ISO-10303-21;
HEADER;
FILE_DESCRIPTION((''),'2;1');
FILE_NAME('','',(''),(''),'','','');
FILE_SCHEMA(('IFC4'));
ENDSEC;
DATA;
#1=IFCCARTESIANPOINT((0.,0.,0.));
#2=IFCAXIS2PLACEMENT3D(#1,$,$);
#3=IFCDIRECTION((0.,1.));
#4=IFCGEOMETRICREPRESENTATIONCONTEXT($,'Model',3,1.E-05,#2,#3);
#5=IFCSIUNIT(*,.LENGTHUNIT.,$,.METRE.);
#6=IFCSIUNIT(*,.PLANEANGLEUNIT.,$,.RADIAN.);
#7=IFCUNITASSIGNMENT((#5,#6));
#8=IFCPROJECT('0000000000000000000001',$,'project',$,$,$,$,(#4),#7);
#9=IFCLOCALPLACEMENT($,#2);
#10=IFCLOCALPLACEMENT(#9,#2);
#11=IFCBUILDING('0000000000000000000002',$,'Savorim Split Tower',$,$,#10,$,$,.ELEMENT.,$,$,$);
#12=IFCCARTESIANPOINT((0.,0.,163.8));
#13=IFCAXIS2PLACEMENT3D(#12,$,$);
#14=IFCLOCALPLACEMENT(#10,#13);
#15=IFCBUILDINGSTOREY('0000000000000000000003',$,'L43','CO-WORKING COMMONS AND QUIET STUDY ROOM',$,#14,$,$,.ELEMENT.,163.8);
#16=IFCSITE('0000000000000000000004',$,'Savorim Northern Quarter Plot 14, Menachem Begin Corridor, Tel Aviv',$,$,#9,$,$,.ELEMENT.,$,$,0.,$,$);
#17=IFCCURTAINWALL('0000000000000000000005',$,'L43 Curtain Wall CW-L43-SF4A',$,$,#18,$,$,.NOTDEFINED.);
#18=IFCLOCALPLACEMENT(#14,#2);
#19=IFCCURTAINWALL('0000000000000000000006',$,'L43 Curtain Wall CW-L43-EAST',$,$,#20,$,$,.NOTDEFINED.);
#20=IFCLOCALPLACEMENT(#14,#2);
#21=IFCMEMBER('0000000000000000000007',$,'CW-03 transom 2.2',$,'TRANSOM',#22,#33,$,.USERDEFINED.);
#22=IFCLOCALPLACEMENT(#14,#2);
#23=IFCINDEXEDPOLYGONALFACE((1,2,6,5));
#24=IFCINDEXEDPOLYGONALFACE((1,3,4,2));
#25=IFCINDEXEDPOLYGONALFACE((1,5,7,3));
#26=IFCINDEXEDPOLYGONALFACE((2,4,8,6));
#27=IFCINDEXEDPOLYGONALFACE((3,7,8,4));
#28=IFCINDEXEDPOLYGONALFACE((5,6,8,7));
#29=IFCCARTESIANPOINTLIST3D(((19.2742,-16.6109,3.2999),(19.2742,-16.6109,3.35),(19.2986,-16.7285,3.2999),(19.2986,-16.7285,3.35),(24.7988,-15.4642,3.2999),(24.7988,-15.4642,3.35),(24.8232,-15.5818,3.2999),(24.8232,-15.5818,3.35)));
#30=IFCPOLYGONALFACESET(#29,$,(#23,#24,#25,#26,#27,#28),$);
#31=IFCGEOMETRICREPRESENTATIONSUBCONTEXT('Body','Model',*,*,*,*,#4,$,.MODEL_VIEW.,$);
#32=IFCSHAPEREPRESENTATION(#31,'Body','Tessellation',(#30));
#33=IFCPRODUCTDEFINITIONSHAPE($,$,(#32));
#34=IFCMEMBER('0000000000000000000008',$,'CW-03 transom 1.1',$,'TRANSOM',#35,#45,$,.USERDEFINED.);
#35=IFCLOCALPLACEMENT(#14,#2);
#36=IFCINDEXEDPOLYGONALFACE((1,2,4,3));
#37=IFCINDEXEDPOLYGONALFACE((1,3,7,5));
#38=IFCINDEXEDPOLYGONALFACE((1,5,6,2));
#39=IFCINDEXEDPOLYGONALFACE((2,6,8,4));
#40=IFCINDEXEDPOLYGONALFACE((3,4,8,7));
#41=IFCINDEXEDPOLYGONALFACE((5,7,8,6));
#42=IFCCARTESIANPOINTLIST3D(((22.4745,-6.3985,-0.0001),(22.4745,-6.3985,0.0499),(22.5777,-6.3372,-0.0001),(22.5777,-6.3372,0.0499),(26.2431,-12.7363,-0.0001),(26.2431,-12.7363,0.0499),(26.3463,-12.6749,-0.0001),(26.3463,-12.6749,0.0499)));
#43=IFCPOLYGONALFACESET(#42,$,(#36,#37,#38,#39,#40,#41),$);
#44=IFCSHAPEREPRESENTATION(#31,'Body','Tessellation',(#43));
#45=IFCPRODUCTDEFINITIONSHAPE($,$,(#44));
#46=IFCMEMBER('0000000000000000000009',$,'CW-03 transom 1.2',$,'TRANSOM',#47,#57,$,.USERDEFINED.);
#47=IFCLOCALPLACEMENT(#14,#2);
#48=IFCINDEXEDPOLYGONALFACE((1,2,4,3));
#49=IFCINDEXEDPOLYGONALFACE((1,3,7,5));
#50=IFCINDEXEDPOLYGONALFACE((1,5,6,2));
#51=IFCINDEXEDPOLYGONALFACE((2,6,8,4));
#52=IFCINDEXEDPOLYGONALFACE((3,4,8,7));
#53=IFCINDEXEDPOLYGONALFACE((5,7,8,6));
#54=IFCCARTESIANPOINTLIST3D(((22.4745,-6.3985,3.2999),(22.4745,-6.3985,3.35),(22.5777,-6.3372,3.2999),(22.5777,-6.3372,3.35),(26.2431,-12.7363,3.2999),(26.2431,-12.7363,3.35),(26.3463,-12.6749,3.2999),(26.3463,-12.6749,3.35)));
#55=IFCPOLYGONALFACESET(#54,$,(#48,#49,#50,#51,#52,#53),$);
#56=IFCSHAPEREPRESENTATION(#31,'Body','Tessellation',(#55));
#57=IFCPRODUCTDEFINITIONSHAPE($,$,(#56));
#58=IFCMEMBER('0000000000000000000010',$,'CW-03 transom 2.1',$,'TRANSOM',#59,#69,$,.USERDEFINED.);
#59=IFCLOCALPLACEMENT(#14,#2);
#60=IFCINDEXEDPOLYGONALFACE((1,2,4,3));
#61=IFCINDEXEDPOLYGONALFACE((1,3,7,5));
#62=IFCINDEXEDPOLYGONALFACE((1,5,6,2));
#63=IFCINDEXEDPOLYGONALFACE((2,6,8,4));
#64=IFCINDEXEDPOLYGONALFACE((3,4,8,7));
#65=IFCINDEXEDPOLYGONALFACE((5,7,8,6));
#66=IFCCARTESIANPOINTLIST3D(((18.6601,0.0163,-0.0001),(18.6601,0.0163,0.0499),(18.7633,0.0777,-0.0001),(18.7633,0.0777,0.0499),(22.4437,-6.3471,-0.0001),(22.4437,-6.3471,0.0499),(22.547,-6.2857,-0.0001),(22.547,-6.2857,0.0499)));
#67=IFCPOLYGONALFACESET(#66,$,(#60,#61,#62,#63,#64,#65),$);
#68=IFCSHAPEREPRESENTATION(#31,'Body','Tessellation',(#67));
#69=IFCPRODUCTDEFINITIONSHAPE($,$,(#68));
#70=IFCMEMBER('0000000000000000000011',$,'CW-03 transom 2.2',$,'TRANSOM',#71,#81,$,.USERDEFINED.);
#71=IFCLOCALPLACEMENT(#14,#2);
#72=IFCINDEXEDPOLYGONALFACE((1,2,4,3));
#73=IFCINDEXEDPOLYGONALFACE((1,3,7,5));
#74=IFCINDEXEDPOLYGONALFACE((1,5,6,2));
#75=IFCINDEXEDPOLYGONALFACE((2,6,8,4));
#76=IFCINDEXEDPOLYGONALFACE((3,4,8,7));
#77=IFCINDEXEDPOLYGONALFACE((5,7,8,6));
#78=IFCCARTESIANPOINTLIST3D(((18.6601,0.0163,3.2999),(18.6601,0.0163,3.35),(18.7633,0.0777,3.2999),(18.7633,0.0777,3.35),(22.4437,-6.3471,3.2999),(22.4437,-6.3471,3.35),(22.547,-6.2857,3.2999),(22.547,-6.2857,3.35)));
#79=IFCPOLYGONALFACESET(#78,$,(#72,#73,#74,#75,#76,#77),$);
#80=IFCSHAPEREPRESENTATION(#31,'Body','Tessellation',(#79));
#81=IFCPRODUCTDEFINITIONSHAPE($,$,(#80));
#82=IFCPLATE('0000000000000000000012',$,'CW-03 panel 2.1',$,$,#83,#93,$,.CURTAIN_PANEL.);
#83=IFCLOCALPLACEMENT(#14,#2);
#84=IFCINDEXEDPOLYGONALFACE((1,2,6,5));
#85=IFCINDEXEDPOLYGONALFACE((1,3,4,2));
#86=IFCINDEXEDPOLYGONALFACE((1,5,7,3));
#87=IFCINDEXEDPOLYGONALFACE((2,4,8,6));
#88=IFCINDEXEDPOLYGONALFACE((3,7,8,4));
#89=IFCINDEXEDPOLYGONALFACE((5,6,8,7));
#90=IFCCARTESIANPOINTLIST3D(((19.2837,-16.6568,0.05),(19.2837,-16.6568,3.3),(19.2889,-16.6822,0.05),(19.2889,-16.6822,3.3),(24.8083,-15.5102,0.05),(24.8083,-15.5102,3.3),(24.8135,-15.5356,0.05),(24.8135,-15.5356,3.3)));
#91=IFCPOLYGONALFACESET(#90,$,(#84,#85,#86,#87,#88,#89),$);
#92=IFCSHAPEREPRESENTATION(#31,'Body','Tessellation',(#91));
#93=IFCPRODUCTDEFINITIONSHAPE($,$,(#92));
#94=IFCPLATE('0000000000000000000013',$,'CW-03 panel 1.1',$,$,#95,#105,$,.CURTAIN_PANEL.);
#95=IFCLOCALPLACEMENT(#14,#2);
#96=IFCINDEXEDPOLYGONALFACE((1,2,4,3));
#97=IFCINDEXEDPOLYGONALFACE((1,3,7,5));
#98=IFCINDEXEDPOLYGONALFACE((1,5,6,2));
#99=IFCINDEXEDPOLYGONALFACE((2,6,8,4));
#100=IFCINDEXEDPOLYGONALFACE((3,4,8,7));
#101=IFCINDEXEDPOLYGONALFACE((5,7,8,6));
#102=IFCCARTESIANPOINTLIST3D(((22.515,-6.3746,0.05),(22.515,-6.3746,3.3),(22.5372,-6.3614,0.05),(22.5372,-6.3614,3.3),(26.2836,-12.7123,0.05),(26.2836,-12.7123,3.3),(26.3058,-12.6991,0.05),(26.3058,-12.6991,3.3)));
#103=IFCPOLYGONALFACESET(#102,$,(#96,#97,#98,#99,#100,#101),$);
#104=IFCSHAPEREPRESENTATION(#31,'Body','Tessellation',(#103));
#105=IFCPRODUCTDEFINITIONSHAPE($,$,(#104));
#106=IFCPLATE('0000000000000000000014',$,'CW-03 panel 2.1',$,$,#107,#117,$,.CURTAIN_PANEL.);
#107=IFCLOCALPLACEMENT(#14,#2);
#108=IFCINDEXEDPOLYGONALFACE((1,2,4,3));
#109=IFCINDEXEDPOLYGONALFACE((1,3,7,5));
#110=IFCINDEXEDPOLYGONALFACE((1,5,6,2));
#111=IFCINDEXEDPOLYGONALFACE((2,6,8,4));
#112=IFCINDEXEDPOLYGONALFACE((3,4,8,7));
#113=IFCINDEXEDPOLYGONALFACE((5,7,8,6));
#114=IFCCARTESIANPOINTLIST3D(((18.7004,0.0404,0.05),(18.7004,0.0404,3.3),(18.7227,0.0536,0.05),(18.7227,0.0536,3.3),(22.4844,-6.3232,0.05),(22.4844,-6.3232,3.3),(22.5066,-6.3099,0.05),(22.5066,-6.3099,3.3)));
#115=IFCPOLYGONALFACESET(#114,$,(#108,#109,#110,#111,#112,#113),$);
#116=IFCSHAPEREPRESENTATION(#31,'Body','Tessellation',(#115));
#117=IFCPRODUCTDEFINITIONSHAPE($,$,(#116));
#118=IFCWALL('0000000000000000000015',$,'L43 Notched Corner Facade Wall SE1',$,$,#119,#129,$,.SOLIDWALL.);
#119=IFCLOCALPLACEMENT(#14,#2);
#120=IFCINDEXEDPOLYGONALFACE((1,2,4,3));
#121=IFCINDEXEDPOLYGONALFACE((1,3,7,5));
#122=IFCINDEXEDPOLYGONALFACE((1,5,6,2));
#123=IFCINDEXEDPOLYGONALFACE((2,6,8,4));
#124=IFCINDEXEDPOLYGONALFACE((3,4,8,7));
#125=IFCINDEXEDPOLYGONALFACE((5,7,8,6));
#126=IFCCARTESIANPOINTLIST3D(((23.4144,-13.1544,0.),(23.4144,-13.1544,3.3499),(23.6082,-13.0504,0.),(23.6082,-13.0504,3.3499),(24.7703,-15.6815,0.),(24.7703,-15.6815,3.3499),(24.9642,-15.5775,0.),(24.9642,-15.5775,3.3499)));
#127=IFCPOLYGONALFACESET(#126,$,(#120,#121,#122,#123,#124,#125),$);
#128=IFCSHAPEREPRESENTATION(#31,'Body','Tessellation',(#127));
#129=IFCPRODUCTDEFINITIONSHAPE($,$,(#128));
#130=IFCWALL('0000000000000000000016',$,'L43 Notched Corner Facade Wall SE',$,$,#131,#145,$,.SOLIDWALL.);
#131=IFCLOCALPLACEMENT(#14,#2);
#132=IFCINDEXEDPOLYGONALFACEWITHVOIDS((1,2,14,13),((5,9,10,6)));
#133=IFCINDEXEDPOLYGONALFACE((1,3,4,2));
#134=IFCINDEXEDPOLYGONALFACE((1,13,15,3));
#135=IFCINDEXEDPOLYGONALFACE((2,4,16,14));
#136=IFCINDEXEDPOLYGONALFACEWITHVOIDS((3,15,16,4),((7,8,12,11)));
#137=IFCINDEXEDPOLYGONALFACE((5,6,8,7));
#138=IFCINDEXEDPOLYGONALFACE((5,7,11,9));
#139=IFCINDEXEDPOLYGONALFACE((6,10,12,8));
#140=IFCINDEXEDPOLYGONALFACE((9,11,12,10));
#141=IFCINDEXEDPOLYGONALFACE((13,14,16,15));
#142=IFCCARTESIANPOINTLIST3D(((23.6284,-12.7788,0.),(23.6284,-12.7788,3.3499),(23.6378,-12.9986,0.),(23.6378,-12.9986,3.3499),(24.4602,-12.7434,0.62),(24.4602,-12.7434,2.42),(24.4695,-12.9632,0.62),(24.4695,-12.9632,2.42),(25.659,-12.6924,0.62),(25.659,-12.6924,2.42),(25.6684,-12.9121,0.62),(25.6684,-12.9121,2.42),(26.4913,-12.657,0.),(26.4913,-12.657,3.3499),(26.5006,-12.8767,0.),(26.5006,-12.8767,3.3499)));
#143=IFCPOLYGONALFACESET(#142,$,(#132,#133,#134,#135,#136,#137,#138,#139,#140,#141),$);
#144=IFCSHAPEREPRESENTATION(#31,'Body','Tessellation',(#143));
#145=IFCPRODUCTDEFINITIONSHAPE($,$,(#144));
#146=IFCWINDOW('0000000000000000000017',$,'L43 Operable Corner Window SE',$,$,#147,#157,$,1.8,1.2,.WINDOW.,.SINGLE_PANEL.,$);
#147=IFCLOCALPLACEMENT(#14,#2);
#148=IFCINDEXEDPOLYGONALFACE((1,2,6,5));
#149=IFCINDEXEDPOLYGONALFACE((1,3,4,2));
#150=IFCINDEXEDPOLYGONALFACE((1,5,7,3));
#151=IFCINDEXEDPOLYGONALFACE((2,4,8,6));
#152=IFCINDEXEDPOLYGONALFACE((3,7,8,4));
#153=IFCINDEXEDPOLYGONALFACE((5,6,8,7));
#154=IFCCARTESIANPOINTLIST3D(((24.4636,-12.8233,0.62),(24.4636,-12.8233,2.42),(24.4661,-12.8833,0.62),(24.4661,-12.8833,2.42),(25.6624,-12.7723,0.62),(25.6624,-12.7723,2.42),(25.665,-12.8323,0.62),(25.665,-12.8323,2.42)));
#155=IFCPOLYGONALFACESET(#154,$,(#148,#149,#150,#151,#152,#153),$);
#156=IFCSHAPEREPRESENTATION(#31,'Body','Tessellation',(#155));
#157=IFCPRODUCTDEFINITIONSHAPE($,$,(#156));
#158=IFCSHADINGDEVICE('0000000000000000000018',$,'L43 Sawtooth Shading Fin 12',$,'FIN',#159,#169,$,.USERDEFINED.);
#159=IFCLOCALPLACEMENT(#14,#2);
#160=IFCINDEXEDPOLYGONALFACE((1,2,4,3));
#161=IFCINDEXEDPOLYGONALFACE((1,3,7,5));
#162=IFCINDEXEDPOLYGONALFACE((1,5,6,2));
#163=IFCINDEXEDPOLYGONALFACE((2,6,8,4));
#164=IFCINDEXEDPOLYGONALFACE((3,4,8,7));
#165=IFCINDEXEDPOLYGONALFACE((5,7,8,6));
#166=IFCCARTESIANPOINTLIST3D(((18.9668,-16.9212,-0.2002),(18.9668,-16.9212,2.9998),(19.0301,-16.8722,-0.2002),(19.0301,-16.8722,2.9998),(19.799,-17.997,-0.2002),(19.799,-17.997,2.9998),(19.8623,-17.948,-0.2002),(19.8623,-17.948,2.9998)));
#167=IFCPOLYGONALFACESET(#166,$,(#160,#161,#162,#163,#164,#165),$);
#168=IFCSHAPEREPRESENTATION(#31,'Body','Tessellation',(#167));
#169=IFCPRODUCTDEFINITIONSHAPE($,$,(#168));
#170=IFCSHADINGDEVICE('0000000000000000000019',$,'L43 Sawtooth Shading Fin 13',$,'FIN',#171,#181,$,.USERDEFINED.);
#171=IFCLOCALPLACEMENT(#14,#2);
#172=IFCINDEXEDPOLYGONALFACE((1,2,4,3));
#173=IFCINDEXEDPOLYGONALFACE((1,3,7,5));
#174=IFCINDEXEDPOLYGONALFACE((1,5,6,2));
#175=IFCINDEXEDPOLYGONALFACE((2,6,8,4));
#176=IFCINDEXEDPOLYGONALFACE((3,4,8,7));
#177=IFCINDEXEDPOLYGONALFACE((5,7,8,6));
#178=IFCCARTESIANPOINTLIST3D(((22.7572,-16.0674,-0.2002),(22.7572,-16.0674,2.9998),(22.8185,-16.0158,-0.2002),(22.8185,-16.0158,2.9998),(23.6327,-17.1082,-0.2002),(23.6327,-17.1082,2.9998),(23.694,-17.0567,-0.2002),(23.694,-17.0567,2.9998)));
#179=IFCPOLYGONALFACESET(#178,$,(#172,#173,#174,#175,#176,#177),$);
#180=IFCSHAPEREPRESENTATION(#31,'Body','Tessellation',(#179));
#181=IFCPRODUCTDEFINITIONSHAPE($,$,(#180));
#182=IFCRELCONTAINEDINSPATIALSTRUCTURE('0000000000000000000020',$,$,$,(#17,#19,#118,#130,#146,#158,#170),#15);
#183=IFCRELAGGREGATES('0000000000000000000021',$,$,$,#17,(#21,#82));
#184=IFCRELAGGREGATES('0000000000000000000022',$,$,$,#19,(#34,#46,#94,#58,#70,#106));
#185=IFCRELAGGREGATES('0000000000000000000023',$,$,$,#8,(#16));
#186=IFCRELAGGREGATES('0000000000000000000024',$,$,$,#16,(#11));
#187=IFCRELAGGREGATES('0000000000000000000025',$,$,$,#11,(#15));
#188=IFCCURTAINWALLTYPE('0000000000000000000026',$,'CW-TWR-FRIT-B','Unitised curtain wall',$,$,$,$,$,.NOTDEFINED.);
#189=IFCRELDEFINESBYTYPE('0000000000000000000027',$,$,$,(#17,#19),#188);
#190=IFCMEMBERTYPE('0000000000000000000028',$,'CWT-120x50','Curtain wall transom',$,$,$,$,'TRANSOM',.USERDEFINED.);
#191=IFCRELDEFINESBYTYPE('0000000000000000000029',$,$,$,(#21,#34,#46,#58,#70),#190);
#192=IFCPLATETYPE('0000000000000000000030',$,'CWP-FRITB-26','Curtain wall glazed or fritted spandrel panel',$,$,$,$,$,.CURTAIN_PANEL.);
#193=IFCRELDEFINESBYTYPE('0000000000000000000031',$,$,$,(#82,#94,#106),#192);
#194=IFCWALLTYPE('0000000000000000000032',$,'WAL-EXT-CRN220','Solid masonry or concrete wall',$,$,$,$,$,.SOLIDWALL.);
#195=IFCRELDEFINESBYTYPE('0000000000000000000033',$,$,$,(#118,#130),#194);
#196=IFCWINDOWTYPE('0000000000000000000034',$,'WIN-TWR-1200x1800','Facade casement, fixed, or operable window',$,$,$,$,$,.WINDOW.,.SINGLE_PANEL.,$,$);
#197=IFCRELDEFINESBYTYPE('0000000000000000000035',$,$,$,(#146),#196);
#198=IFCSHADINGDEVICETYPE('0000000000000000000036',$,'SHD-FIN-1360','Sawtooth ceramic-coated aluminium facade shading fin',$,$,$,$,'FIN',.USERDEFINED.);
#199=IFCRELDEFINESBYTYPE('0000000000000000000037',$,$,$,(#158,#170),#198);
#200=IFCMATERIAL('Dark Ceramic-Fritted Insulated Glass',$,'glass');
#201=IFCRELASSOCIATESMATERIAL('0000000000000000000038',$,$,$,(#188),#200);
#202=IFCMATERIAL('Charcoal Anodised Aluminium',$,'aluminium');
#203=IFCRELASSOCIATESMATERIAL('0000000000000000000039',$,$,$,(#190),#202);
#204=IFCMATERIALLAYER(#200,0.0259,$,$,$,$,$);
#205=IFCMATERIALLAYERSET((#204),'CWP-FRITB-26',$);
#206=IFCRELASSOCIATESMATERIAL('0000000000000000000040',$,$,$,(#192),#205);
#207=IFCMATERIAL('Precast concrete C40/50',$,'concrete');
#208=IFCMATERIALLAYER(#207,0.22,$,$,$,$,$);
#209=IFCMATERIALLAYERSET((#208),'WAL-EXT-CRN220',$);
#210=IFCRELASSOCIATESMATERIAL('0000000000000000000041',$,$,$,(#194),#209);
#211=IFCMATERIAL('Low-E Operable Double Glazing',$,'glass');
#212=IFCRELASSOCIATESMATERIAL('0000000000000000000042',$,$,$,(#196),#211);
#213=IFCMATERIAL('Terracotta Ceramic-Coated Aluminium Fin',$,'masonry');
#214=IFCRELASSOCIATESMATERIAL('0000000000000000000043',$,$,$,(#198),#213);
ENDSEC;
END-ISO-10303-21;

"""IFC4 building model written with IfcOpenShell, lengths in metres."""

from ifc_helpers import new_model, si_unit, direction, frame, frame_2d, origin, origin_2d, place, context, subcontext, project, spatial, rectangle, extrude, material, layer, layer_set, material_profile, profile_set, type_object, element, fill, aggregate, save


model = new_model("IFC4")

# Units and contexts
model_context = context("Model", 3, precision=1e-05, world=origin(), true_north=direction((0.0, 1.0)))
body_context = subcontext(model_context, "Body", "Model", "MODEL_VIEW")
ifc_project = project(units=[si_unit("LENGTHUNIT", "METRE"), si_unit("PLANEANGLEUNIT", "RADIAN")], contexts=[model_context])

# Site, building, storey
site_placement = place(None, origin())
site = spatial("IfcSite", under=ifc_project, at=site_placement, Name="Savorim Northern Quarter Plot 14, Menachem Begin Corridor, Tel Aviv", CompositionType="ELEMENT", RefElevation=0.0)
building_placement = place(site_placement, origin())
building = spatial("IfcBuilding", under=site, at=building_placement, Name="Savorim Split Tower", CompositionType="ELEMENT")
storey_placement = place(building_placement, frame((0.0, 0.0, 163.8)))
storey = spatial("IfcBuildingStorey", under=building, at=storey_placement, Name="L43", Description="CO-WORKING COMMONS AND QUIET STUDY ROOM", CompositionType="ELEMENT", Elevation=163.8)

# Curtain wall
ifc_material_1 = material(Name="Dark Ceramic-Fritted Insulated Glass", Category="glass")
curtain_wall_type = type_object("IfcCurtainWallType", Name="CW-TWR-FRIT-B", Description="Unitised curtain wall", PredefinedType="NOTDEFINED", material=ifc_material_1)
curtain_wall_1_placement = place(storey_placement, origin())
curtain_wall_1 = element("IfcCurtainWall", 1, at=curtain_wall_1_placement, inside=storey, type_object=curtain_wall_type, Name="L43 Curtain Wall CW-L43-SF4A", PredefinedType="NOTDEFINED")
ifc_material_2 = material(Name="Charcoal Anodised Aluminium", Category="aluminium")

# Curtain wall
curtain_wall_2_placement = place(storey_placement, origin())
curtain_wall_2 = element("IfcCurtainWall", 2, at=curtain_wall_2_placement, inside=storey, type_object=curtain_wall_type, Name="L43 Curtain Wall CW-L43-EAST", PredefinedType="NOTDEFINED")

# Members
ifc_material_profile_1 = material_profile(ifc_material_2, rectangle(XDim=0.1201, YDim=0.05, at=origin_2d()), Name="ALU-T 120x50")
ifc_profile_set_1 = profile_set([ifc_material_profile_1], Name="Charcoal Anodised Aluminium")
member_type_1 = type_object("IfcMemberType", Name="CWT-120x50", Description="Curtain wall transom", ElementType="TRANSOM", PredefinedType="USERDEFINED", material=ifc_profile_set_1)
member_1_placement = place(storey_placement, frame((19.2864, -16.6697, 3.325), z_axis=(0.97913, 0.203234, 0.0), x_axis=(-0.203234, 0.97913, 0.0)))
member_1 = element("IfcMember", 3, at=member_1_placement, type_object=member_type_1, Name="CW-03 transom 2.2", ObjectType="TRANSOM", PredefinedType="USERDEFINED", context=body_context, shape_type="SweptSolid", body=[
    extrude(rectangle(XDim=0.1201, YDim=0.05, at=origin_2d()), origin(), (0.0, 0.0, 1.0), 5.6423),
])
member_2_placement = place(storey_placement, frame((26.2947, -12.7056, 0.0249), z_axis=(-0.511098, 0.859523, 0.0), x_axis=(-0.859523, -0.511098, 0.0)))
member_2 = element("IfcMember", 4, at=member_2_placement, type_object=member_type_1, Name="CW-03 transom 1.1", ObjectType="TRANSOM", PredefinedType="USERDEFINED", context=body_context, shape_type="SweptSolid", body=[
    extrude(rectangle(XDim=0.1201, YDim=0.05, at=origin_2d()), origin(), (0.0, 0.0, 1.0), 7.3735),
])
member_3_placement = place(storey_placement, frame((26.2947, -12.7056, 3.325), z_axis=(-0.511098, 0.859523, 0.0), x_axis=(-0.859523, -0.511098, 0.0)))
member_3 = element("IfcMember", 5, at=member_3_placement, type_object=member_type_1, Name="CW-03 transom 1.2", ObjectType="TRANSOM", PredefinedType="USERDEFINED", context=body_context, shape_type="SweptSolid", body=[
    extrude(rectangle(XDim=0.1201, YDim=0.05, at=origin_2d()), origin(), (0.0, 0.0, 1.0), 7.3735),
])
member_4_placement = place(storey_placement, frame((22.4954, -6.3164, 0.0249), z_axis=(-0.511073, 0.859537, 0.0), x_axis=(-0.859537, -0.511073, 0.0)))
member_4 = element("IfcMember", 6, at=member_4_placement, type_object=member_type_1, Name="CW-03 transom 2.1", ObjectType="TRANSOM", PredefinedType="USERDEFINED", context=body_context, shape_type="SweptSolid", body=[
    extrude(rectangle(XDim=0.1201, YDim=0.05, at=origin_2d()), origin(), (0.0, 0.0, 1.0), 7.4033),
])
member_5_placement = place(storey_placement, frame((22.4954, -6.3164, 3.325), z_axis=(-0.511073, 0.859537, 0.0), x_axis=(-0.859537, -0.511073, 0.0)))
member_5 = element("IfcMember", 7, at=member_5_placement, type_object=member_type_1, Name="CW-03 transom 2.2", ObjectType="TRANSOM", PredefinedType="USERDEFINED", context=body_context, shape_type="SweptSolid", body=[
    extrude(rectangle(XDim=0.1201, YDim=0.05, at=origin_2d()), origin(), (0.0, 0.0, 1.0), 7.4033),
])

# Plates
ifc_layer_1 = layer(ifc_material_1, 0.0259)
ifc_layer_set_1 = layer_set([ifc_layer_1], Name="CWP-FRITB-26")
plate_type = type_object("IfcPlateType", Name="CWP-FRITB-26", Description="Curtain wall glazed or fritted spandrel panel", PredefinedType="CURTAIN_PANEL", material=ifc_layer_set_1)
plate_1_placement = place(storey_placement, frame((22.0486, -16.0962, 0.05), z_axis=(0.0, 0.0, 1.0), x_axis=(0.979134, 0.203216, 0.0)))
plate_1 = element("IfcPlate", 8, at=plate_1_placement, type_object=plate_type, Name="CW-03 panel 2.1", PredefinedType="CURTAIN_PANEL", context=body_context, shape_type="SweptSolid", body=[
    extrude(rectangle(XDim=5.6423, YDim=0.0259, at=origin_2d()), origin(), (0.0, 0.0, 1.0), 3.25),
])
aggregate(curtain_wall_1, [member_1, plate_1])
plate_2_placement = place(storey_placement, frame((24.4104, -9.5369, 0.05), z_axis=(0.0, 0.0, 1.0), x_axis=(-0.511094, 0.859525, 0.0)))
plate_2 = element("IfcPlate", 9, at=plate_2_placement, type_object=plate_type, Name="CW-03 panel 1.1", PredefinedType="CURTAIN_PANEL", context=body_context, shape_type="SweptSolid", body=[
    extrude(rectangle(XDim=7.3735, YDim=0.0259, at=origin_2d()), origin(), (0.0, 0.0, 1.0), 3.25),
])
plate_3_placement = place(storey_placement, frame((20.6035, -3.1348, 0.05), z_axis=(0.0, 0.0, 1.0), x_axis=(-0.511094, 0.859525, 0.0)))
plate_3 = element("IfcPlate", 10, at=plate_3_placement, type_object=plate_type, Name="CW-03 panel 2.1", PredefinedType="CURTAIN_PANEL", context=body_context, shape_type="SweptSolid", body=[
    extrude(rectangle(XDim=7.4036, YDim=0.0259, at=origin_2d()), origin(), (0.0, 0.0, 1.0), 3.25),
])
aggregate(curtain_wall_2, [member_2, member_3, plate_2, member_4, member_5, plate_3])

# Wall
ifc_material_3 = material(Name="Precast concrete C40/50", Category="concrete")
ifc_layer_2 = layer(ifc_material_3, 0.22)
ifc_layer_set_2 = layer_set([ifc_layer_2], Name="WAL-EXT-CRN220")
wall_type = type_object("IfcWallType", Name="WAL-EXT-CRN220", Description="Solid masonry or concrete wall", PredefinedType="SOLIDWALL", material=ifc_layer_set_2)
wall_1_placement = place(storey_placement, frame((23.5112, -13.1023, 0.0), z_axis=(0.0, 0.0, 1.0), x_axis=(0.472805, -0.881167, 0.0)))
element("IfcWall", 11, at=wall_1_placement, inside=storey, type_object=wall_type, Name="L43 Notched Corner Facade Wall SE1", PredefinedType="SOLIDWALL", context=body_context, shape_type="SweptSolid", body=[
    extrude(rectangle(XDim=2.8679, YDim=0.22, at=frame_2d((1.4341, 0.0))), origin(), (0.0, 0.0, 1.0), 3.3499),
])

# Wall, opening, window
wall_2_placement = place(storey_placement, frame((26.4958, -12.7668, 0.0), z_axis=(0.0, 0.0, 1.0), x_axis=(-0.999096, -0.042517, 0.0)))
wall_2 = element("IfcWall", 12, at=wall_2_placement, inside=storey, type_object=wall_type, Name="L43 Notched Corner Facade Wall SE", PredefinedType="SOLIDWALL", context=body_context, shape_type="SweptSolid", body=[
    extrude(rectangle(XDim=2.8655, YDim=0.22, at=frame_2d((1.4326, 0.0))), origin(), (0.0, 0.0, 1.0), 3.3499),
])
opening_placement = place(wall_2_placement, frame((0.8328, 0.0, 0.6201)))
opening = element("IfcOpeningElement", 13, at=opening_placement, cuts=wall_2, PredefinedType="OPENING", context=body_context, shape_type="SweptSolid", body=[
    extrude(rectangle(XDim=1.2, YDim=1.8, at=frame_2d((0.6001, 0.8999))), frame((0.0, 0.1199, 0.0), z_axis=(0.0, -1.0, 0.0), x_axis=(1.0, 0.0, 0.0)), (0.0, 0.0, 1.0), 0.24),
])
ifc_material_4 = material(Name="Low-E Operable Double Glazing", Category="glass")
window_type = type_object("IfcWindowType", Name="WIN-TWR-1200x1800", Description="Facade casement, fixed, or operable window", PartitioningType="SINGLE_PANEL", PredefinedType="WINDOW", material=ifc_material_4)
window_placement = place(opening_placement, origin())
window = element("IfcWindow", 14, at=window_placement, inside=storey, type_object=window_type, Name="L43 Operable Corner Window SE", OverallHeight=1.8, OverallWidth=1.2, PartitioningType="SINGLE_PANEL", PredefinedType="WINDOW", context=body_context, shape_type="SweptSolid", body=[
    extrude(rectangle(XDim=1.2, YDim=1.8, at=frame_2d((0.6001, 0.8999))), frame((0.0, 0.03, 0.0), z_axis=(0.0, -1.0, 0.0), x_axis=(1.0, 0.0, 0.0)), (0.0, 0.0, 1.0), 0.0601),
])
fill(opening, window)

# Shading devices
ifc_material_5 = material(Name="Terracotta Ceramic-Coated Aluminium Fin", Category="masonry")
shading_device_type = type_object("IfcShadingDeviceType", Name="SHD-FIN-1360", Description="Sawtooth ceramic-coated aluminium facade shading fin", ElementType="FIN", PredefinedType="USERDEFINED", material=ifc_material_5)
for number, where, z_axis, x_axis, name in (
    (15, (19.4146, -17.4346, -0.2002), (0.0, 0.0, 1.0), (0.611868, -0.79096, 0.0), "L43 Sawtooth Shading Fin 12"),
    (16, (23.2256, -16.562, -0.2002), (0.0, 0.0, 1.0), (0.643719, -0.765262, 0.0), "L43 Sawtooth Shading Fin 13"),
):
    element("IfcShadingDevice", number, at=place(storey_placement, frame(where, z_axis=z_axis, x_axis=x_axis)), inside=storey, type_object=shading_device_type, Name=name, ObjectType="FIN", PredefinedType="USERDEFINED", context=body_context, shape_type="SweptSolid", body=[
        extrude(rectangle(XDim=1.3601, YDim=0.0801, at=origin_2d()), origin(), (0.0, 0.0, 1.0), 3.2),
    ])

save(model, "model.ifc")
